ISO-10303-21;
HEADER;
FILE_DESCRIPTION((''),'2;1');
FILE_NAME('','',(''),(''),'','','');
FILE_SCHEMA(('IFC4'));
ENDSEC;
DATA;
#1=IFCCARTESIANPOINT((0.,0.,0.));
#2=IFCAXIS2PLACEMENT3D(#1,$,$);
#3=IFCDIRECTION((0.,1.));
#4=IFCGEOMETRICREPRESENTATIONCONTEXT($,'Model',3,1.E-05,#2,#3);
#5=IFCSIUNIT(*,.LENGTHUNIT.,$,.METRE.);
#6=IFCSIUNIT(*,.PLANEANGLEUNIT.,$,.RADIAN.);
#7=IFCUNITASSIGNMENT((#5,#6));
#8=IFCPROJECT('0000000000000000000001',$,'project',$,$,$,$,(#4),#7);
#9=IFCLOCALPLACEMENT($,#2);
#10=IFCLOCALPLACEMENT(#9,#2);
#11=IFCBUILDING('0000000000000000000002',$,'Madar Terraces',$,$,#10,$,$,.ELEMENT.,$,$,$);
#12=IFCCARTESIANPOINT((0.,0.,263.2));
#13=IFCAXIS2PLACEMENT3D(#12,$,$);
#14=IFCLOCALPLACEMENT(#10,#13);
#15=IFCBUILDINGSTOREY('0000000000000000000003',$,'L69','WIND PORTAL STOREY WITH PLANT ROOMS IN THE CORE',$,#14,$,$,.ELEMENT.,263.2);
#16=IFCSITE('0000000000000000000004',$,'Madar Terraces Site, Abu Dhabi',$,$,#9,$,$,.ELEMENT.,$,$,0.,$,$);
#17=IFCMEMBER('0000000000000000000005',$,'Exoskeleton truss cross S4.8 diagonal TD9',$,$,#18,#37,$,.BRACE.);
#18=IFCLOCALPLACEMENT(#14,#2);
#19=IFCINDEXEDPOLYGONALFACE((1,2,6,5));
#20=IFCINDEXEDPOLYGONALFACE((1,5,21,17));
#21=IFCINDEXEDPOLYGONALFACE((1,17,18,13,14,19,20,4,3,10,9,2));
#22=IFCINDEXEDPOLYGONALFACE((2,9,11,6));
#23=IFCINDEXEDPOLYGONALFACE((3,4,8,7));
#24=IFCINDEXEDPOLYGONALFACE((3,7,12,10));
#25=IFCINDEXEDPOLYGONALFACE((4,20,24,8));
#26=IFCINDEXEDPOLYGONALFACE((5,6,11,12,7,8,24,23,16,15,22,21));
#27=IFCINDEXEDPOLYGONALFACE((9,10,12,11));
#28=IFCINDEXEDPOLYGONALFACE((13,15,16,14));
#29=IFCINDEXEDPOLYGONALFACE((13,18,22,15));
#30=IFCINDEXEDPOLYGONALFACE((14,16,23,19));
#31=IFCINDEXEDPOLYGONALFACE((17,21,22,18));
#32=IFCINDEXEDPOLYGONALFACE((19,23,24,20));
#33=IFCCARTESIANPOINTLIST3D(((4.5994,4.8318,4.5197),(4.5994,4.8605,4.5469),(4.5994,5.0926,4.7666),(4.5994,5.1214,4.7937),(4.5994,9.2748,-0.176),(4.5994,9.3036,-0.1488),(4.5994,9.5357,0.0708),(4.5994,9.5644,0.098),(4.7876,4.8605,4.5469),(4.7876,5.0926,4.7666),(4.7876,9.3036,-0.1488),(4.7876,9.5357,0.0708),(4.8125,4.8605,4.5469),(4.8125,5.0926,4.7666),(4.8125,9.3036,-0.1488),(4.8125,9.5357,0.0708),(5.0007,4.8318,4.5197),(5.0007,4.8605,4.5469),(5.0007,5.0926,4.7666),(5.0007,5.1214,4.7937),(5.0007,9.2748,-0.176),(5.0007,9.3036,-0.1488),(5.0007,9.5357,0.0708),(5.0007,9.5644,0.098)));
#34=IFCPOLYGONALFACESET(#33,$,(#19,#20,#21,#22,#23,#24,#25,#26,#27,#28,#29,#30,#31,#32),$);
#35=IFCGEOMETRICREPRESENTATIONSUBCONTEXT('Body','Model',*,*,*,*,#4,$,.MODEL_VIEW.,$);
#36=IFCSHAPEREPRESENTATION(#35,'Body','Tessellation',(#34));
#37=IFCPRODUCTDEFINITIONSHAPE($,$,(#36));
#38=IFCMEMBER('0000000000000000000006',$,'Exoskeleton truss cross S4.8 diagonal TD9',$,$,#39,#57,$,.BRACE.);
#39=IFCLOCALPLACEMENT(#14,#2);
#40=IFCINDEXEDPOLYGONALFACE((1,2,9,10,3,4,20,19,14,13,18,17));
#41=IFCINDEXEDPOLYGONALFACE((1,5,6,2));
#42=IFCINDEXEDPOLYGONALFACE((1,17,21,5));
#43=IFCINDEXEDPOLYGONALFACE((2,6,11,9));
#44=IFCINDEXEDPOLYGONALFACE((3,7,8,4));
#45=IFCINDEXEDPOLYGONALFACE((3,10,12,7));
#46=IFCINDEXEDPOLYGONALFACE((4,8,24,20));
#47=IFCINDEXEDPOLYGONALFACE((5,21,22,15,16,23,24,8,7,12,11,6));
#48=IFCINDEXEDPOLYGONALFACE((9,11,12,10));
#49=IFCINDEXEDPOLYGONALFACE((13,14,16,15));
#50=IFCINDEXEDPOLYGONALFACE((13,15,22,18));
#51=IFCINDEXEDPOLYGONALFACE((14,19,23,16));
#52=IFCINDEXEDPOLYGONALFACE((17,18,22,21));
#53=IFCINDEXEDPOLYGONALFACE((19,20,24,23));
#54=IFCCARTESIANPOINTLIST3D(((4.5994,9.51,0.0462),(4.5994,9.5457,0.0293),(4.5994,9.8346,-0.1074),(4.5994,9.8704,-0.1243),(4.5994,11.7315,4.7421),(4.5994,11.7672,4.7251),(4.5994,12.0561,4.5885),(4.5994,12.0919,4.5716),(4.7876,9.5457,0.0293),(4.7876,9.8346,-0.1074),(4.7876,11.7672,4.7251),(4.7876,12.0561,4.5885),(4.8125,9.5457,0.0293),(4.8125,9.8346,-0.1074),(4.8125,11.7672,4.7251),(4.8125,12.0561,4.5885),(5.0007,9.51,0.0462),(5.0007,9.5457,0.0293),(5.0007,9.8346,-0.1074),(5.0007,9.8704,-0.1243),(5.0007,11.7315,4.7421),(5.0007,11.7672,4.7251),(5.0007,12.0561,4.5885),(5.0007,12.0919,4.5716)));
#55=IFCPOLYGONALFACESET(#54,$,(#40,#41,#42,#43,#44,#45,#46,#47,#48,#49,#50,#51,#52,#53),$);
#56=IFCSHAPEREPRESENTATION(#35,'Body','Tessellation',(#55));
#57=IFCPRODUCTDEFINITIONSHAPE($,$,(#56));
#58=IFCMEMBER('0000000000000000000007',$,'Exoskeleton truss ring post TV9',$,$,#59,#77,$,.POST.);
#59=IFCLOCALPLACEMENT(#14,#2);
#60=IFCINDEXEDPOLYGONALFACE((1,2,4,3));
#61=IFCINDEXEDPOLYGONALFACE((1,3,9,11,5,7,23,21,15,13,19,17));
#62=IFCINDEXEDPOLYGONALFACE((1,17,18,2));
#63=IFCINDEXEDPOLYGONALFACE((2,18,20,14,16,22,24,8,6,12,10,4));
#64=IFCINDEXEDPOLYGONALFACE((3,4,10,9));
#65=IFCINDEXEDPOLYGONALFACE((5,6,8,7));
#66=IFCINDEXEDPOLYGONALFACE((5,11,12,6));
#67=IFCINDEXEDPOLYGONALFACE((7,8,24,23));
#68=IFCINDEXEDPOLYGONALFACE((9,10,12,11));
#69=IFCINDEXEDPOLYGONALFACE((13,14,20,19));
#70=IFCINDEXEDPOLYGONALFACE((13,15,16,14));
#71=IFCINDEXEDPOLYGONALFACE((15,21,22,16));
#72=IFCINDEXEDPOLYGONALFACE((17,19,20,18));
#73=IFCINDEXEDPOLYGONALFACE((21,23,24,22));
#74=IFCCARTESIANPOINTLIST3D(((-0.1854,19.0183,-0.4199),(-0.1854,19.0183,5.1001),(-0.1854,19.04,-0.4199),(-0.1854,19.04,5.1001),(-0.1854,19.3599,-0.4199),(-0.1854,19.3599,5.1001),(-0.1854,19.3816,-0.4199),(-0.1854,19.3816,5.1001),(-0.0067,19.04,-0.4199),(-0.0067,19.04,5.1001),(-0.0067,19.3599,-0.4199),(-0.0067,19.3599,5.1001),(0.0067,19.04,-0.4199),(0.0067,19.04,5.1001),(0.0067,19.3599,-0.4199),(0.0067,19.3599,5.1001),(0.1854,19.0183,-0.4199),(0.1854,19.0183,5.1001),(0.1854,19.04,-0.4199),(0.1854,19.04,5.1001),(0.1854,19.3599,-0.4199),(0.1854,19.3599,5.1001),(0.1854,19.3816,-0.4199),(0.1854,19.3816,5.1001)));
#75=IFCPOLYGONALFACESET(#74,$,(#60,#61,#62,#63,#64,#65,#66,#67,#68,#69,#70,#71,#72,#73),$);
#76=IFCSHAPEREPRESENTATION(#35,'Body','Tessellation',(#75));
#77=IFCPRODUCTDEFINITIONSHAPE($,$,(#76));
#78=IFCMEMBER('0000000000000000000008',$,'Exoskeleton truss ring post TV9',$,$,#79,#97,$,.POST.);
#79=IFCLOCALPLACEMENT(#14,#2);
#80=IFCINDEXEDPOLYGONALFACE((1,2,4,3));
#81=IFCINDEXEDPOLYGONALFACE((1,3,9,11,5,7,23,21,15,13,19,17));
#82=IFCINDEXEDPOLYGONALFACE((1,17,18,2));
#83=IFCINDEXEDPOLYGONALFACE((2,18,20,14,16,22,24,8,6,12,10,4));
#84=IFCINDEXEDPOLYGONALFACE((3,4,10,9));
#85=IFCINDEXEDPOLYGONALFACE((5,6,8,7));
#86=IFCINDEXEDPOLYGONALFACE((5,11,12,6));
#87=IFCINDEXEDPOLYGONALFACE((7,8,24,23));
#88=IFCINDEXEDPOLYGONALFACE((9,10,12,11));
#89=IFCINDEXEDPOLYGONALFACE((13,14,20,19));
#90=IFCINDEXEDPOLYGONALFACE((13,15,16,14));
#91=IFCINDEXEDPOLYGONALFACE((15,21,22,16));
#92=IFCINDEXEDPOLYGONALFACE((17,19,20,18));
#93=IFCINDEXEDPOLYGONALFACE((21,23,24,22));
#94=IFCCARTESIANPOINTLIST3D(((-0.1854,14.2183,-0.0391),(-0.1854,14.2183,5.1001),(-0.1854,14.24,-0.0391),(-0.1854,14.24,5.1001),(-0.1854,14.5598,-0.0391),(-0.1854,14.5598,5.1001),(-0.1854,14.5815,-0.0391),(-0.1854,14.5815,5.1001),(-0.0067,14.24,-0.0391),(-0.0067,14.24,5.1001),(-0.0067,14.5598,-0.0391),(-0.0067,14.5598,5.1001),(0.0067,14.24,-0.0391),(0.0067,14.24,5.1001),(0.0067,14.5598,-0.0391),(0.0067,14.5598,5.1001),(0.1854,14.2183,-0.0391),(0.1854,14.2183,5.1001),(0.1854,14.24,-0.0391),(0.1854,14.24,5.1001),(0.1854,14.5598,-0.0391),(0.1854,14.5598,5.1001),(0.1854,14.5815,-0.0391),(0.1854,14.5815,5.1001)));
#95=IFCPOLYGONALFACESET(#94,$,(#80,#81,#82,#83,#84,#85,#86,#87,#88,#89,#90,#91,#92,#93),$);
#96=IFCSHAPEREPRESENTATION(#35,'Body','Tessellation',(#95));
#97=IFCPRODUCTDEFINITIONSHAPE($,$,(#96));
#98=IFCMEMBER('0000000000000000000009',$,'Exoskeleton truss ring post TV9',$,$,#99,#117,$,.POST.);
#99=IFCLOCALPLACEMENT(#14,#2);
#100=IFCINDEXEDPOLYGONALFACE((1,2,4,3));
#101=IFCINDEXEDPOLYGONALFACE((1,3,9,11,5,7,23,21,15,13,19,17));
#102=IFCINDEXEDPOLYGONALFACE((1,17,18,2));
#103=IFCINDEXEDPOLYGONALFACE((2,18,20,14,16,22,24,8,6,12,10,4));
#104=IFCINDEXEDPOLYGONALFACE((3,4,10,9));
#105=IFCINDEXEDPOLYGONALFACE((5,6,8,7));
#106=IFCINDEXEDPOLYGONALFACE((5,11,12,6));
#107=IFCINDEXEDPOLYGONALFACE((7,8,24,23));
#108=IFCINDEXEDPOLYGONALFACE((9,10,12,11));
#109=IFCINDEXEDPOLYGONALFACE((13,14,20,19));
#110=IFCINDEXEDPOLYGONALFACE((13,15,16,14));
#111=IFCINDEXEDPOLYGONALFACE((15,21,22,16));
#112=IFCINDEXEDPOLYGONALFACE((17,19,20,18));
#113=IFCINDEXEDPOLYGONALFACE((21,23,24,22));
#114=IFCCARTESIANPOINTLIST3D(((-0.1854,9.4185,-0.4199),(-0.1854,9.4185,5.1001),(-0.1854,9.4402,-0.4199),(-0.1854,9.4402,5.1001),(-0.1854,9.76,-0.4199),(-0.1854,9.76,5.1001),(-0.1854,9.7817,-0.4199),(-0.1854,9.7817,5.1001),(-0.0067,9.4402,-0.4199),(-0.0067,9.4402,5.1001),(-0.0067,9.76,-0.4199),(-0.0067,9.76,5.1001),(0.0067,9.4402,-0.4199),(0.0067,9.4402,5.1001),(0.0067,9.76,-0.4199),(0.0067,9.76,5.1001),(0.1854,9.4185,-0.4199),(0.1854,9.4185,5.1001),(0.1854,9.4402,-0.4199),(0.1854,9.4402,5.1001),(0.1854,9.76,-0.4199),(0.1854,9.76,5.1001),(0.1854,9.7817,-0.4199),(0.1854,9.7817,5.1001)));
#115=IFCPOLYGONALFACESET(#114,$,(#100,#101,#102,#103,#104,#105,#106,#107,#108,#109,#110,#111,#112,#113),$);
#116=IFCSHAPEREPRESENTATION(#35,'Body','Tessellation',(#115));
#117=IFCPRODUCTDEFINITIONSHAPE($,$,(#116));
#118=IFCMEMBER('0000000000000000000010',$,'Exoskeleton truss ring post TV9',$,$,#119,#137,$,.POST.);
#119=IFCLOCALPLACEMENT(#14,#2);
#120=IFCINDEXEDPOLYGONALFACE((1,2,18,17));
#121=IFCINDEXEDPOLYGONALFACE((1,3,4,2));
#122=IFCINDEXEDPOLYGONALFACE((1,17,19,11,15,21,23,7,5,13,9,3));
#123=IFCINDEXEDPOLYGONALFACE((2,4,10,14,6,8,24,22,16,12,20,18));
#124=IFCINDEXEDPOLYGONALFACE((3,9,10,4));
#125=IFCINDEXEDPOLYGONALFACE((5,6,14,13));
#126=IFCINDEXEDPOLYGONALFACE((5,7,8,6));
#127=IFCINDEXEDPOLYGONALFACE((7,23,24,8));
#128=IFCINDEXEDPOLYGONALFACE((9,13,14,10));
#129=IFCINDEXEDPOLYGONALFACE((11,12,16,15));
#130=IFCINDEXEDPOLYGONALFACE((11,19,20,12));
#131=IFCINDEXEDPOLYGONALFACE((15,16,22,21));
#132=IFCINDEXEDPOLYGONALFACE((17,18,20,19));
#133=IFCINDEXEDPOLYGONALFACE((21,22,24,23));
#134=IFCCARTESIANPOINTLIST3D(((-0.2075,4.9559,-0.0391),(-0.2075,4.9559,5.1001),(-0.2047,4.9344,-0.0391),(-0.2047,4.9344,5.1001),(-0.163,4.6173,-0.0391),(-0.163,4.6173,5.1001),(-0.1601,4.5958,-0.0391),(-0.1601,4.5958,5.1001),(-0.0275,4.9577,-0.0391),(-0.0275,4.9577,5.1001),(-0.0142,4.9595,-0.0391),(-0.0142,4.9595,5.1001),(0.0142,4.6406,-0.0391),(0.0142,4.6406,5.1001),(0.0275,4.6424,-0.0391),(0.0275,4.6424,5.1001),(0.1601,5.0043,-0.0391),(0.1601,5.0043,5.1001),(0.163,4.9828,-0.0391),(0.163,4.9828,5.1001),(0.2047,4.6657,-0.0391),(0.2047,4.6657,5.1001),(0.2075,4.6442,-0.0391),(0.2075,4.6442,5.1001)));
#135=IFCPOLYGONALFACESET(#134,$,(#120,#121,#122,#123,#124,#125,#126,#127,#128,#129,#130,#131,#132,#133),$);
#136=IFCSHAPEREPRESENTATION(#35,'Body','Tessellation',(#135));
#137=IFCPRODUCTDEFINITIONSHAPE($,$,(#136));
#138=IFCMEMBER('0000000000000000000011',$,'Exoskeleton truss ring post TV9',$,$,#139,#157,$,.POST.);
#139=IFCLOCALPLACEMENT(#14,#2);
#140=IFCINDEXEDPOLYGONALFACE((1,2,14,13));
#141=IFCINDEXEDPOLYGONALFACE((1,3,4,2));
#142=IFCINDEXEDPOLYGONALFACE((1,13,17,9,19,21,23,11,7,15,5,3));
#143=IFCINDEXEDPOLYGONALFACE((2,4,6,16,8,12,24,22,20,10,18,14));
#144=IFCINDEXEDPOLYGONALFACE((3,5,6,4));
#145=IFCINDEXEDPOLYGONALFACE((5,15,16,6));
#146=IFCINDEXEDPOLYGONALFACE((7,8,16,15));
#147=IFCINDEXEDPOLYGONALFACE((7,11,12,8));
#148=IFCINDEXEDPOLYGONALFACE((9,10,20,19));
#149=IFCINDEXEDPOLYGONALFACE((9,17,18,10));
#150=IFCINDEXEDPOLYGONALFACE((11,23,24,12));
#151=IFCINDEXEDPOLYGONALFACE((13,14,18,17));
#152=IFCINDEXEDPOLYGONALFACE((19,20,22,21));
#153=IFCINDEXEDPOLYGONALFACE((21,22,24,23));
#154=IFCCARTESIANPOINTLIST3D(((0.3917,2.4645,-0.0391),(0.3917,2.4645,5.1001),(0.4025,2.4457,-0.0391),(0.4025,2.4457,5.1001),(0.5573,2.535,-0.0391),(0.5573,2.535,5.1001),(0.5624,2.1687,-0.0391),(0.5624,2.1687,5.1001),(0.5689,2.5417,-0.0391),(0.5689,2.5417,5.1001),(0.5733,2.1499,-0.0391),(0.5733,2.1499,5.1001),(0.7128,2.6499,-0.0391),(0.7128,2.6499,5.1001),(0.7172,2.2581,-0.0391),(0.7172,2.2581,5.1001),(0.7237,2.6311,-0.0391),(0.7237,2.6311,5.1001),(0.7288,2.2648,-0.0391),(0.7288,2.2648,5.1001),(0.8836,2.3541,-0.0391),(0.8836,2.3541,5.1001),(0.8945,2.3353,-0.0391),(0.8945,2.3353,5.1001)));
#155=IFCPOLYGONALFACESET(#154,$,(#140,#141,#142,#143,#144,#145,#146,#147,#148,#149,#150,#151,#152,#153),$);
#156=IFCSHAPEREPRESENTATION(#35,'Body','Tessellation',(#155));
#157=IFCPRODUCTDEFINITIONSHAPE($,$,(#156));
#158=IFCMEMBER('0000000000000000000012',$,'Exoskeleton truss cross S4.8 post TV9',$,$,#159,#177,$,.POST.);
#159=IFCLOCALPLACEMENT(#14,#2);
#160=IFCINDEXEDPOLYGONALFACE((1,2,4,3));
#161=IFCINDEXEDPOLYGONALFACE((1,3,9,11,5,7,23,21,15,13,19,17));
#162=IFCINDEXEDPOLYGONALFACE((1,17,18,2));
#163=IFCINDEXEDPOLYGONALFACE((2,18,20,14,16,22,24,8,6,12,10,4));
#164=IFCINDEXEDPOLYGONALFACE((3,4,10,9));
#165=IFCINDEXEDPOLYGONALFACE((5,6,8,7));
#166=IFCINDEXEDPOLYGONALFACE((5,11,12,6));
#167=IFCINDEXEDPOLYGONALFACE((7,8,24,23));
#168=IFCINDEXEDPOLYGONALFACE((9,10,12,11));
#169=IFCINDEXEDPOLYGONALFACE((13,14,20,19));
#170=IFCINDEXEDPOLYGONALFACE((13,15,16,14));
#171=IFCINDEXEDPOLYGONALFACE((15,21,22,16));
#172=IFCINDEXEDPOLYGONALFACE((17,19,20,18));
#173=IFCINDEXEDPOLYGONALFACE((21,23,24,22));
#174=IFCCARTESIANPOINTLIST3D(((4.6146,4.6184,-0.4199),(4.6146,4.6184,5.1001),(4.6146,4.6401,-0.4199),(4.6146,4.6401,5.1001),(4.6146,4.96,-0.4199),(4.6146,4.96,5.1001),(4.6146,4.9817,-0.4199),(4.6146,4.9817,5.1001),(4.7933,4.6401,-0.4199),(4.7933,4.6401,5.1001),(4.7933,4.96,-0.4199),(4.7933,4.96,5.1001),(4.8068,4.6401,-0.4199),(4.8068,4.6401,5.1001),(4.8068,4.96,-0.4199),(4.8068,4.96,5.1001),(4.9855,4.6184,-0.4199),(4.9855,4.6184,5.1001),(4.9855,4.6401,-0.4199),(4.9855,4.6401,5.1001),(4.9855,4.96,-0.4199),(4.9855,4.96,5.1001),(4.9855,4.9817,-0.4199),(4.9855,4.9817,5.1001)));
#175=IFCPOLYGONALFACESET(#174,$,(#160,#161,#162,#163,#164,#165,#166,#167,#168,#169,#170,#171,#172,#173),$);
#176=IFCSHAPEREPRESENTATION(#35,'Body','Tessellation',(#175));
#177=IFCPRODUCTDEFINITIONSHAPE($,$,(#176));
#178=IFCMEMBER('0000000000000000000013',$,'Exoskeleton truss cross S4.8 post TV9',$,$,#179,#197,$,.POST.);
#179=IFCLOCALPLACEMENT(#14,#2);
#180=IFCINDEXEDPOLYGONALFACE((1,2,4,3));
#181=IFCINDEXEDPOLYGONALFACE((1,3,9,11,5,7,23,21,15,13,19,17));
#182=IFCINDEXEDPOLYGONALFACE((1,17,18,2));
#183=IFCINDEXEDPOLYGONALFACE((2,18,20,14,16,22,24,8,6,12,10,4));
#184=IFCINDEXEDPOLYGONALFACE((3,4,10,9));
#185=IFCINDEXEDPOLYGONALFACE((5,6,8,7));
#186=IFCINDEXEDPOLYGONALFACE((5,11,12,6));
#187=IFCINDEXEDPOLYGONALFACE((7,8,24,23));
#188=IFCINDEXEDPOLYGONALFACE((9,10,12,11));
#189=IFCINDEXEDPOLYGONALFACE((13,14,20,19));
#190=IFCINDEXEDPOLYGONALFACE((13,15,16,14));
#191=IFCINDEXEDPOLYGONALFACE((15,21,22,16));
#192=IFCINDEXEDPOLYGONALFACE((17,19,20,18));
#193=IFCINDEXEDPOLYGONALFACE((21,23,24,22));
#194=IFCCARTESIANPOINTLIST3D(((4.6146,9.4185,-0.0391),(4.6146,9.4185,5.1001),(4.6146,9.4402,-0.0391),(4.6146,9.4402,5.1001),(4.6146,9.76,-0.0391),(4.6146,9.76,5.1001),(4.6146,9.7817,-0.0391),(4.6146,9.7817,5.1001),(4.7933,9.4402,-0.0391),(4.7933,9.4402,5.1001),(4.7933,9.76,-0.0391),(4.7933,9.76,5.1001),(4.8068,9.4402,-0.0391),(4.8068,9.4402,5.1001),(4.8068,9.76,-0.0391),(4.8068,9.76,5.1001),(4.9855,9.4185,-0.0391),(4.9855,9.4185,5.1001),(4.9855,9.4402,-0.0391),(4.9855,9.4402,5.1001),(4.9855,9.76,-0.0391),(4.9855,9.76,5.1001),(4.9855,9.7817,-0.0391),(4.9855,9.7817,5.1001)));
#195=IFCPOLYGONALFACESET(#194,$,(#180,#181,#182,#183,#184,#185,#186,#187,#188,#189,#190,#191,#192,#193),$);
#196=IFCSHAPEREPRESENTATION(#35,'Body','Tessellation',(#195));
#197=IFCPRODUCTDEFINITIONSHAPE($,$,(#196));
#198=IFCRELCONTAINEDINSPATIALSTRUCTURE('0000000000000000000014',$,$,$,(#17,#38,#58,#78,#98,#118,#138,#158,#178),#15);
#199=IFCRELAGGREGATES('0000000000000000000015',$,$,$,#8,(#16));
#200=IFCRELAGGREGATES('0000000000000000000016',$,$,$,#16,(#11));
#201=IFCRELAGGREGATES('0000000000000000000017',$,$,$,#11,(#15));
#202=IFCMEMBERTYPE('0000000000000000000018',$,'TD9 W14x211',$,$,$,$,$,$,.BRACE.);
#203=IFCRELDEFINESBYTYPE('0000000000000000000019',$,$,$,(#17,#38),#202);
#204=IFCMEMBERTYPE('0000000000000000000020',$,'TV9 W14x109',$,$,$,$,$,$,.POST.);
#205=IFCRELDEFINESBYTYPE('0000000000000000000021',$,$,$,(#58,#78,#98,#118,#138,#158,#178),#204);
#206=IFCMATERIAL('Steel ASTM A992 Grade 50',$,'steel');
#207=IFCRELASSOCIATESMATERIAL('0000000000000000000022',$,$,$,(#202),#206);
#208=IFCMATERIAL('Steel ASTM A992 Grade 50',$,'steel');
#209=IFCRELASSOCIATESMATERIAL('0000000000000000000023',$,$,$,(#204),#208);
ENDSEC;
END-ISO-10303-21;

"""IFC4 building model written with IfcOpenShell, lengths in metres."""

from ifc_helpers import new_model, si_unit, direction, frame, origin, origin_2d, place, context, subcontext, project, spatial, i_section, extrude, material, material_profile, profile_set, type_object, element, save


model = new_model("IFC4")

# Units and contexts
model_context = context("Model", 3, precision=1e-05, world=origin(), true_north=direction((0.0, 1.0)))
body_context = subcontext(model_context, "Body", "Model", "MODEL_VIEW")
ifc_project = project(units=[si_unit("LENGTHUNIT", "METRE"), si_unit("PLANEANGLEUNIT", "RADIAN")], contexts=[model_context])

# Site, building, storey
site_placement = place(None, origin())
site = spatial("IfcSite", under=ifc_project, at=site_placement, Name="Madar Terraces Site, Abu Dhabi", CompositionType="ELEMENT", RefElevation=0.0)
building_placement = place(site_placement, origin())
building = spatial("IfcBuilding", under=site, at=building_placement, Name="Madar Terraces", CompositionType="ELEMENT")
storey_placement = place(building_placement, frame((0.0, 0.0, 263.2)))
storey = spatial("IfcBuildingStorey", under=building, at=storey_placement, Name="L69", Description="WIND PORTAL STOREY WITH PLANT ROOMS IN THE CORE", CompositionType="ELEMENT", Elevation=263.2)

# Members
ifc_material_1 = material(Name="Steel ASTM A992 Grade 50", Category="steel")
ifc_material_profile_1 = material_profile(ifc_material_1, i_section(OverallWidth=0.4014, OverallDepth=0.3987, WebThickness=0.0249, FlangeThickness=0.0396, at=origin_2d()), Name="W14x211")
ifc_profile_set_1 = profile_set([ifc_material_profile_1], Name="Steel ASTM A992 Grade 50")
member_type_1 = type_object("IfcMemberType", Name="TD9 W14x211", PredefinedType="BRACE", material=ifc_profile_set_1)
member_1_placement = place(storey_placement, frame((4.8, 4.9766, 4.6567), z_axis=(0.0, 0.687293, -0.72638), x_axis=(-1.0, 0.0, 0.0)))
element("IfcMember", 1, at=member_1_placement, inside=storey, type_object=member_type_1, Name="Exoskeleton truss cross S4.8 diagonal TD9", PredefinedType="BRACE", context=body_context, shape_type="SweptSolid", body=[
    extrude(i_section(OverallWidth=0.4014, OverallDepth=0.3987, WebThickness=0.0249, FlangeThickness=0.0396, at=origin_2d()), origin(), (0.0, 0.0, 1.0), 6.4646),
])
member_2_placement = place(storey_placement, frame((4.8, 9.6902, -0.0391), z_axis=(0.0, 0.427632, 0.903953), x_axis=(-1.0, 0.0, 0.0)))
element("IfcMember", 2, at=member_2_placement, inside=storey, type_object=member_type_1, Name="Exoskeleton truss cross S4.8 diagonal TD9", PredefinedType="BRACE", context=body_context, shape_type="SweptSolid", body=[
    extrude(i_section(OverallWidth=0.4014, OverallDepth=0.3987, WebThickness=0.0249, FlangeThickness=0.0396, at=origin_2d()), origin(), (0.0, 0.0, 1.0), 5.1948),
])
ifc_material_2 = material(Name="Steel ASTM A992 Grade 50", Category="steel")
ifc_material_profile_2 = material_profile(ifc_material_2, i_section(OverallWidth=0.3708, OverallDepth=0.3633, WebThickness=0.0134, FlangeThickness=0.0217, at=origin_2d()), Name="W14x109")
ifc_profile_set_2 = profile_set([ifc_material_profile_2], Name="Steel ASTM A992 Grade 50")
member_type_2 = type_object("IfcMemberType", Name="TV9 W14x109", PredefinedType="POST", material=ifc_profile_set_2)
member_3_placement = place(storey_placement, frame((0.0, 19.2, -0.4199), z_axis=(0.0, 0.0, 1.0), x_axis=(1.0, 0.0, 0.0)))
element("IfcMember", 3, at=member_3_placement, inside=storey, type_object=member_type_2, Name="Exoskeleton truss ring post TV9", PredefinedType="POST", context=body_context, shape_type="SweptSolid", body=[
    extrude(i_section(OverallWidth=0.3708, OverallDepth=0.3633, WebThickness=0.0134, FlangeThickness=0.0217, at=origin_2d()), origin(), (0.0, 0.0, 1.0), 5.52),
])
member_4_placement = place(storey_placement, frame((0.0, 14.3999, -0.0391), z_axis=(0.0, 0.0, 1.0), x_axis=(1.0, 0.0, 0.0)))
element("IfcMember", 4, at=member_4_placement, inside=storey, type_object=member_type_2, Name="Exoskeleton truss ring post TV9", PredefinedType="POST", context=body_context, shape_type="SweptSolid", body=[
    extrude(i_section(OverallWidth=0.3708, OverallDepth=0.3633, WebThickness=0.0134, FlangeThickness=0.0217, at=origin_2d()), origin(), (0.0, 0.0, 1.0), 5.1392),
])
member_5_placement = place(storey_placement, frame((0.0, 9.6001, -0.4199), z_axis=(0.0, 0.0, 1.0), x_axis=(1.0, 0.0, 0.0)))
element("IfcMember", 5, at=member_5_placement, inside=storey, type_object=member_type_2, Name="Exoskeleton truss ring post TV9", PredefinedType="POST", context=body_context, shape_type="SweptSolid", body=[
    extrude(i_section(OverallWidth=0.3708, OverallDepth=0.3633, WebThickness=0.0134, FlangeThickness=0.0217, at=origin_2d()), origin(), (0.0, 0.0, 1.0), 5.52),
])
for number, where, z_axis, x_axis, name in (
    (6, (0.0, 4.8, -0.0391), (0.0, 0.0, 1.0), (0.991445, 0.130526, 0.0), "Exoskeleton truss ring post TV9"),
    (7, (0.6431, 2.3999, -0.0391), (0.0, 0.0, 1.0), (0.866025, 0.5, 0.0), "Exoskeleton truss ring post TV9"),
):
    element("IfcMember", number, at=place(storey_placement, frame(where, z_axis=z_axis, x_axis=x_axis)), inside=storey, type_object=member_type_2, Name=name, PredefinedType="POST", context=body_context, shape_type="SweptSolid", body=[
        extrude(i_section(OverallWidth=0.3708, OverallDepth=0.3633, WebThickness=0.0134, FlangeThickness=0.0217, at=origin_2d()), origin(), (0.0, 0.0, 1.0), 5.1392),
    ])
member_6_placement = place(storey_placement, frame((4.8, 4.8, -0.4199), z_axis=(0.0, 0.0, 1.0), x_axis=(-1.0, 0.0, 0.0)))
element("IfcMember", 8, at=member_6_placement, inside=storey, type_object=member_type_2, Name="Exoskeleton truss cross S4.8 post TV9", PredefinedType="POST", context=body_context, shape_type="SweptSolid", body=[
    extrude(i_section(OverallWidth=0.3708, OverallDepth=0.3633, WebThickness=0.0134, FlangeThickness=0.0217, at=origin_2d()), origin(), (0.0, 0.0, 1.0), 5.52),
])
for number, where, z_axis, x_axis, name in (
    (9, (4.8, 9.6001, -0.0391), (0.0, 0.0, 1.0), (-1.0, 0.0, 0.0), "Exoskeleton truss cross S4.8 post TV9"),
):
    element("IfcMember", number, at=place(storey_placement, frame(where, z_axis=z_axis, x_axis=x_axis)), inside=storey, type_object=member_type_2, Name=name, PredefinedType="POST", context=body_context, shape_type="SweptSolid", body=[
        extrude(i_section(OverallWidth=0.3708, OverallDepth=0.3633, WebThickness=0.0134, FlangeThickness=0.0217, at=origin_2d()), origin(), (0.0, 0.0, 1.0), 5.1392),
    ])

save(model, "model.ifc")
